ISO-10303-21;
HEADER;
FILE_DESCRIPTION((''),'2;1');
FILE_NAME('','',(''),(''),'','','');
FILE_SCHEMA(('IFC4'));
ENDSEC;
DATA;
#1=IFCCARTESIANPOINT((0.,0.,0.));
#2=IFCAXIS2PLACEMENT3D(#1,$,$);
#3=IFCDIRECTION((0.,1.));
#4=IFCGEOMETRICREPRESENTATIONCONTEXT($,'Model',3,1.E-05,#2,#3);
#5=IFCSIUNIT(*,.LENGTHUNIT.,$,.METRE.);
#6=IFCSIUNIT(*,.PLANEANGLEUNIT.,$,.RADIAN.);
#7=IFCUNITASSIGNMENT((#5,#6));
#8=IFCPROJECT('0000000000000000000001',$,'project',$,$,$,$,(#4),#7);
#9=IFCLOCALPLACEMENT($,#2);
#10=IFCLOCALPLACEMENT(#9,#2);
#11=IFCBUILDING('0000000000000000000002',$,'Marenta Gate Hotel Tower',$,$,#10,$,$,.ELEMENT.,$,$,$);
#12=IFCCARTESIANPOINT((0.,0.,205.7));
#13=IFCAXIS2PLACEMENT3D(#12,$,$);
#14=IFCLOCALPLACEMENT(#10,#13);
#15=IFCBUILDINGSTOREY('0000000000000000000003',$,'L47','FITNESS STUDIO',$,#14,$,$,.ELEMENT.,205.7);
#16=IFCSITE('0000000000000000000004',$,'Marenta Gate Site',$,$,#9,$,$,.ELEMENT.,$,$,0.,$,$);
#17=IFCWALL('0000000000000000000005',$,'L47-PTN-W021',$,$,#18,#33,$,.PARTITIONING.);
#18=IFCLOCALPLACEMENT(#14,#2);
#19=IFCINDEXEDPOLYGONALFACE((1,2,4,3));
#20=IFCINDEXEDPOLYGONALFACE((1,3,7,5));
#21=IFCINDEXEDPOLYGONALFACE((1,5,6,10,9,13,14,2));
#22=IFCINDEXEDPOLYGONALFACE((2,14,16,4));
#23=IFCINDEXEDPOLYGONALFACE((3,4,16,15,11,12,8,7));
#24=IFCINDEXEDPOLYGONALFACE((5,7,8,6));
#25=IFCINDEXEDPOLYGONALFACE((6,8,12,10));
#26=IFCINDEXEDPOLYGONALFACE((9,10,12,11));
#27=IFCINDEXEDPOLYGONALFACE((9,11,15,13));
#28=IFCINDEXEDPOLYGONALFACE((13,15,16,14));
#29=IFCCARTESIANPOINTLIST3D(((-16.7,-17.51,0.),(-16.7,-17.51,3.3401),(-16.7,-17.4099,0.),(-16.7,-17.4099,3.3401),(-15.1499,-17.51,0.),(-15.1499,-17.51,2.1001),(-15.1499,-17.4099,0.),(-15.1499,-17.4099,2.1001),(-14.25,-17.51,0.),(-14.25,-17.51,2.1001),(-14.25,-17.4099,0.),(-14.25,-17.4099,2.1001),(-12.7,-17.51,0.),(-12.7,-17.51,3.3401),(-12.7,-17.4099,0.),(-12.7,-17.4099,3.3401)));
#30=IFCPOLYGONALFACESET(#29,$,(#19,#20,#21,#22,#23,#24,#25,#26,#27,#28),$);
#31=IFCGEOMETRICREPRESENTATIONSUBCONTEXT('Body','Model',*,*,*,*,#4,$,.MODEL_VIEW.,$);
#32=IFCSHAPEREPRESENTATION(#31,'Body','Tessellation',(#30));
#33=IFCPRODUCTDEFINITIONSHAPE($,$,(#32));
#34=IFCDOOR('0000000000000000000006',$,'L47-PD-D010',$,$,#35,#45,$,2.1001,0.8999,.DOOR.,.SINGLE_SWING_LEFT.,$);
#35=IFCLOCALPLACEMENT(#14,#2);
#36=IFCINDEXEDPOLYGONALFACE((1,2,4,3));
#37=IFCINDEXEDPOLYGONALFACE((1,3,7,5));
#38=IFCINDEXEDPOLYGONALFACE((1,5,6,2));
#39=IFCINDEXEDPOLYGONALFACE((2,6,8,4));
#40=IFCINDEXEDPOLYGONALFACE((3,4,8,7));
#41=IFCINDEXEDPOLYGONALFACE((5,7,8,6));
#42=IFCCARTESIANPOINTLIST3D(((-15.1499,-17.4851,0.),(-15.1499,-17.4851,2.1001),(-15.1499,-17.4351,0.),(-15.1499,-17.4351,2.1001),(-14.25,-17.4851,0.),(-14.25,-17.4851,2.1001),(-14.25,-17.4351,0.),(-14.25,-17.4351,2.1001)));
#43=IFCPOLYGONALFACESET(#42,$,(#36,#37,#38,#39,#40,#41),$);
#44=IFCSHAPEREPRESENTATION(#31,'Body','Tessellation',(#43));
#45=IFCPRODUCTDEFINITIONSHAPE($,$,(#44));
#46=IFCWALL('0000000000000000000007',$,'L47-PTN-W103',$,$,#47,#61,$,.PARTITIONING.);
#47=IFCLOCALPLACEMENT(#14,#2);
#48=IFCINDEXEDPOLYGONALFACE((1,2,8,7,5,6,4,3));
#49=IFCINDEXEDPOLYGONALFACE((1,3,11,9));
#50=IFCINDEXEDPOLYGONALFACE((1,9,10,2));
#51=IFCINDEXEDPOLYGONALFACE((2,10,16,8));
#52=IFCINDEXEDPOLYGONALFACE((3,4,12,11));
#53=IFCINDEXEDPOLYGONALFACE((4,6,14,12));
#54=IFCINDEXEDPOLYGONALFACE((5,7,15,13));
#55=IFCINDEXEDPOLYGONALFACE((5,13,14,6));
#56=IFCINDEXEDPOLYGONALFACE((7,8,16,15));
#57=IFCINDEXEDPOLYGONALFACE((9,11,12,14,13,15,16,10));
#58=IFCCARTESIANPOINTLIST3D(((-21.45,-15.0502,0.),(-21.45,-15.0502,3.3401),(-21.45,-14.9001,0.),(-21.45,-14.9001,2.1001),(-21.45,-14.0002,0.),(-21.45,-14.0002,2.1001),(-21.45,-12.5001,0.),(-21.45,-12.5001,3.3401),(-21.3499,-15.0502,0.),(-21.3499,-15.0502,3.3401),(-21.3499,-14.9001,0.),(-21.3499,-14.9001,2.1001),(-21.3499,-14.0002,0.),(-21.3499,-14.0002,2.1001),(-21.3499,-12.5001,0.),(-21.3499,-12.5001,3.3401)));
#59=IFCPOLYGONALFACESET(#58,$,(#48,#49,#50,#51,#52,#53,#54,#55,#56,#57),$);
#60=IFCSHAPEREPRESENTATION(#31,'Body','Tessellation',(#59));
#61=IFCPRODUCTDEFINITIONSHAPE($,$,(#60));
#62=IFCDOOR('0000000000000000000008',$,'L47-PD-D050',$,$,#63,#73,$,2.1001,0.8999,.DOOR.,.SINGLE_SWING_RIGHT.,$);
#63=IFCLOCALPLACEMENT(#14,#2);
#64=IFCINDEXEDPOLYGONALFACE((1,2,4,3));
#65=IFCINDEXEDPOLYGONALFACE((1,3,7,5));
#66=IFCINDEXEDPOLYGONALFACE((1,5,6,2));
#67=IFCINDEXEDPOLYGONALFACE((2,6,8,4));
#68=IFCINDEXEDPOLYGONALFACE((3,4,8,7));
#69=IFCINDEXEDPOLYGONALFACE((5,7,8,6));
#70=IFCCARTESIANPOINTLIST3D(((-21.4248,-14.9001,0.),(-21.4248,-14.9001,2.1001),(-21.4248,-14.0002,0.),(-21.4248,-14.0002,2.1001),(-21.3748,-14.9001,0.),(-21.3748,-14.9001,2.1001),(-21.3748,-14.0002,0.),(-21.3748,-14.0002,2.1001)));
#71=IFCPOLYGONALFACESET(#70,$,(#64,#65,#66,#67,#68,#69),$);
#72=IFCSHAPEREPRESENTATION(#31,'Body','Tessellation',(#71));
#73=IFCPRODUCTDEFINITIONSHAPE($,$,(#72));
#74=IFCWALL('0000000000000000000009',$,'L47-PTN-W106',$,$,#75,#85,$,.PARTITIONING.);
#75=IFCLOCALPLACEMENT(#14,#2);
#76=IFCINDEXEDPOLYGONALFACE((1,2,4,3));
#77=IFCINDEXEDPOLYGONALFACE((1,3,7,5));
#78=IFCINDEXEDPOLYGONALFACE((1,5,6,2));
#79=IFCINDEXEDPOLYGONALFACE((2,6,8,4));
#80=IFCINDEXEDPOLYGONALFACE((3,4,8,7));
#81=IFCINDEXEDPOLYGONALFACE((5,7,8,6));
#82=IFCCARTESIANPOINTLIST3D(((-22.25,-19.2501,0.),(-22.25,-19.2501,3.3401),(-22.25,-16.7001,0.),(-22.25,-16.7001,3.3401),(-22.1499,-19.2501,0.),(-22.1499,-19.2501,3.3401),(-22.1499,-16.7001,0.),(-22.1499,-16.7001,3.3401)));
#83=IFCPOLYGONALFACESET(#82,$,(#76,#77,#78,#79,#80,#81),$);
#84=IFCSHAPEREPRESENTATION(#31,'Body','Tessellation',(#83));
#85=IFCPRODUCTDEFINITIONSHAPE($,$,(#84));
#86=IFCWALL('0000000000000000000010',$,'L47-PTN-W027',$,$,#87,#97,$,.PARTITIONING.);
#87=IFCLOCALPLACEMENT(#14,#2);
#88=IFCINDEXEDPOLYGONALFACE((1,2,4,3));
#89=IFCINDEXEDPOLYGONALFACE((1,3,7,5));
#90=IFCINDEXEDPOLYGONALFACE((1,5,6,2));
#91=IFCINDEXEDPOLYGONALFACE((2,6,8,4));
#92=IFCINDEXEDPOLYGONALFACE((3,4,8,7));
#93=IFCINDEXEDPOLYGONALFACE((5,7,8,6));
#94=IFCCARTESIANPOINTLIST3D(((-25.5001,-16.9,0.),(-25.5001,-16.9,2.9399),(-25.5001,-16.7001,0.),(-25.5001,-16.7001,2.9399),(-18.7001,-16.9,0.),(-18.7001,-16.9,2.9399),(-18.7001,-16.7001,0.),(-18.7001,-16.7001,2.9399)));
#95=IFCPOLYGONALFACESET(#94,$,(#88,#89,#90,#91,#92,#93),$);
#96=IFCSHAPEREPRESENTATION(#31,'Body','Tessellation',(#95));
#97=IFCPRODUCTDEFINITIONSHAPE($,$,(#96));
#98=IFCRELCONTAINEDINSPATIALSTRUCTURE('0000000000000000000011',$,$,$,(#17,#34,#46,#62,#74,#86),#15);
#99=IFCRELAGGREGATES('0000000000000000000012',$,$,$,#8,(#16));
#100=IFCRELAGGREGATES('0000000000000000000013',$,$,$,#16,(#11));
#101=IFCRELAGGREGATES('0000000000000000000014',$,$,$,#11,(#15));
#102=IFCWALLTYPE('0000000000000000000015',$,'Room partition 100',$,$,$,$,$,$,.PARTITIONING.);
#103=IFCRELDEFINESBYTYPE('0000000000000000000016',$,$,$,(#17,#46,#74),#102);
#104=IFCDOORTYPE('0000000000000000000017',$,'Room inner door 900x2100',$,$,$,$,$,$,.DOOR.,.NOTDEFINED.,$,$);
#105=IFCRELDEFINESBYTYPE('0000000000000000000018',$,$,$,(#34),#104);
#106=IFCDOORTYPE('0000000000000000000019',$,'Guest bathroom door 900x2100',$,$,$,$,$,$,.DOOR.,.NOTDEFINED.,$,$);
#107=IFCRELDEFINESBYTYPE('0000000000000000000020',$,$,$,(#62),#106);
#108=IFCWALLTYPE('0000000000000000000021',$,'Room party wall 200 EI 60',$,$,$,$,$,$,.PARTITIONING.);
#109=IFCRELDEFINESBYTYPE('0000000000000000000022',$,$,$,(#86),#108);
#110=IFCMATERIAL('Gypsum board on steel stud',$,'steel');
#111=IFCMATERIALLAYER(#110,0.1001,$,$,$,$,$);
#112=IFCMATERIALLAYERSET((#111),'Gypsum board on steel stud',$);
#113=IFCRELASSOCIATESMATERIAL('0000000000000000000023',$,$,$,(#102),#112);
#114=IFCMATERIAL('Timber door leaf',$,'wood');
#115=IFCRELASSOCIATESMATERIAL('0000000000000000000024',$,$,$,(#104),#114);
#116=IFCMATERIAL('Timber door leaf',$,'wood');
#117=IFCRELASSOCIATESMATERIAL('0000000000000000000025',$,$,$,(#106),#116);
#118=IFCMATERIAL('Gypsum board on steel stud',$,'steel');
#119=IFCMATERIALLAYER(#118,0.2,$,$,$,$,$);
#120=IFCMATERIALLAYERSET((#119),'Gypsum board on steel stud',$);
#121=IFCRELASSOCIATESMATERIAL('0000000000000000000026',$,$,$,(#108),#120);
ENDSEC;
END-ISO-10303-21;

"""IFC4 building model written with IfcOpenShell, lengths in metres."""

from ifc_helpers import new_model, si_unit, direction, frame, frame_2d, origin, place, context, subcontext, project, spatial, rectangle, extrude, material, layer, layer_set, type_object, element, fill, save


model = new_model("IFC4")

# Units and contexts
model_context = context("Model", 3, precision=1e-05, world=origin(), true_north=direction((0.0, 1.0)))
body_context = subcontext(model_context, "Body", "Model", "MODEL_VIEW")
ifc_project = project(units=[si_unit("LENGTHUNIT", "METRE"), si_unit("PLANEANGLEUNIT", "RADIAN")], contexts=[model_context])

# Site, building, storey
site_placement = place(None, origin())
site = spatial("IfcSite", under=ifc_project, at=site_placement, Name="Marenta Gate Site", CompositionType="ELEMENT", RefElevation=0.0)
building_placement = place(site_placement, origin())
building = spatial("IfcBuilding", under=site, at=building_placement, Name="Marenta Gate Hotel Tower", CompositionType="ELEMENT")
storey_placement = place(building_placement, frame((0.0, 0.0, 205.7)))
storey = spatial("IfcBuildingStorey", under=building, at=storey_placement, Name="L47", Description="FITNESS STUDIO", CompositionType="ELEMENT", Elevation=205.7)

# Walls, openings, doors
ifc_material_1 = material(Name="Gypsum board on steel stud", Category="steel")
ifc_layer_1 = layer(ifc_material_1, 0.1001)
ifc_layer_set_1 = layer_set([ifc_layer_1], Name="Gypsum board on steel stud")
wall_type_1 = type_object("IfcWallType", Name="Room partition 100", PredefinedType="PARTITIONING", material=ifc_layer_set_1)
ifc_material_2 = material(Name="Timber door leaf", Category="wood")
door_type_1 = type_object("IfcDoorType", Name="Room inner door 900x2100", OperationType="NOTDEFINED", PredefinedType="DOOR", material=ifc_material_2)
wall_1_placement = place(storey_placement, frame((-16.7, -17.46, 0.0), z_axis=(0.0, 0.0, 1.0), x_axis=(1.0, 0.0, 0.0)))
wall_1 = element("IfcWall", 1, at=wall_1_placement, inside=storey, type_object=wall_type_1, Name="L47-PTN-W021", PredefinedType="PARTITIONING", context=body_context, shape_type="SweptSolid", body=[
    extrude(rectangle(XDim=4.0, YDim=0.1001, at=frame_2d((2.0, 0.0))), origin(), (0.0, 0.0, 1.0), 3.3401),
])
opening_1_placement = place(wall_1_placement, frame((1.55, 0.0, 0.0)))
opening_1 = element("IfcOpeningElement", 2, at=opening_1_placement, cuts=wall_1, PredefinedType="OPENING", context=body_context, shape_type="SweptSolid", body=[
    extrude(rectangle(XDim=0.8999, YDim=2.1001, at=frame_2d((0.45, 1.05))), frame((0.0, 0.05, 0.0), z_axis=(0.0, -1.0, 0.0), x_axis=(1.0, 0.0, 0.0)), (0.0, 0.0, 1.0), 0.1001),
])
door_1_placement = place(opening_1_placement, origin())
door_1 = element("IfcDoor", 3, at=door_1_placement, inside=storey, type_object=door_type_1, Name="L47-PD-D010", OperationType="SINGLE_SWING_LEFT", OverallHeight=2.1001, OverallWidth=0.8999, PredefinedType="DOOR", context=body_context, shape_type="SweptSolid", body=[
    extrude(rectangle(XDim=0.8999, YDim=2.1001, at=frame_2d((0.45, 1.05))), frame((0.0, 0.0249, 0.0), z_axis=(0.0, -1.0, 0.0), x_axis=(1.0, 0.0, 0.0)), (0.0, 0.0, 1.0), 0.05),
])
fill(opening_1, door_1)
wall_2_placement = place(storey_placement, frame((-21.3999, -15.05, 0.0), z_axis=(0.0, 0.0, 1.0), x_axis=(0.0, 1.0, 0.0)))
wall_2 = element("IfcWall", 4, at=wall_2_placement, inside=storey, type_object=wall_type_1, Name="L47-PTN-W103", PredefinedType="PARTITIONING", context=body_context, shape_type="SweptSolid", body=[
    extrude(rectangle(XDim=2.55, YDim=0.1001, at=frame_2d((1.2749, 0.0))), origin(), (0.0, 0.0, 1.0), 3.3401),
])
opening_2_placement = place(wall_2_placement, frame((0.1499, 0.0, 0.0)))
opening_2 = element("IfcOpeningElement", 5, at=opening_2_placement, cuts=wall_2, PredefinedType="OPENING", context=body_context, shape_type="SweptSolid", body=[
    extrude(rectangle(XDim=0.8999, YDim=2.1001, at=frame_2d((0.45, 1.05))), frame((0.0, 0.05, 0.0), z_axis=(0.0, -1.0, 0.0), x_axis=(1.0, 0.0, 0.0)), (0.0, 0.0, 1.0), 0.1001),
])
ifc_material_3 = material(Name="Timber door leaf", Category="wood")
door_type_2 = type_object("IfcDoorType", Name="Guest bathroom door 900x2100", OperationType="NOTDEFINED", PredefinedType="DOOR", material=ifc_material_3)
door_2_placement = place(opening_2_placement, origin())
door_2 = element("IfcDoor", 6, at=door_2_placement, inside=storey, type_object=door_type_2, Name="L47-PD-D050", OperationType="SINGLE_SWING_RIGHT", OverallHeight=2.1001, OverallWidth=0.8999, PredefinedType="DOOR", context=body_context, shape_type="SweptSolid", body=[
    extrude(rectangle(XDim=0.8999, YDim=2.1001, at=frame_2d((0.45, 1.05))), frame((0.0, 0.0249, 0.0), z_axis=(0.0, -1.0, 0.0), x_axis=(1.0, 0.0, 0.0)), (0.0, 0.0, 1.0), 0.05),
])
fill(opening_2, door_2)

# Walls
wall_3_placement = place(storey_placement, frame((-22.2, -19.25, 0.0), z_axis=(0.0, 0.0, 1.0), x_axis=(0.0, 1.0, 0.0)))
element("IfcWall", 7, at=wall_3_placement, inside=storey, type_object=wall_type_1, Name="L47-PTN-W106", PredefinedType="PARTITIONING", context=body_context, shape_type="SweptSolid", body=[
    extrude(rectangle(XDim=2.55, YDim=0.1001, at=frame_2d((1.2749, 0.0))), origin(), (0.0, 0.0, 1.0), 3.3401),
])
ifc_material_4 = material(Name="Gypsum board on steel stud", Category="steel")
ifc_layer_2 = layer(ifc_material_4, 0.2)
ifc_layer_set_2 = layer_set([ifc_layer_2], Name="Gypsum board on steel stud")
wall_type_2 = type_object("IfcWallType", Name="Room party wall 200 EI 60", PredefinedType="PARTITIONING", material=ifc_layer_set_2)
wall_4_placement = place(storey_placement, frame((-25.5, -16.8, 0.0), z_axis=(0.0, 0.0, 1.0), x_axis=(1.0, 0.0, 0.0)))
element("IfcWall", 8, at=wall_4_placement, inside=storey, type_object=wall_type_2, Name="L47-PTN-W027", PredefinedType="PARTITIONING", context=body_context, shape_type="SweptSolid", body=[
    extrude(rectangle(XDim=6.8, YDim=0.2, at=frame_2d((3.3999, 0.0))), origin(), (0.0, 0.0, 1.0), 2.9399),
])

save(model, "model.ifc")
